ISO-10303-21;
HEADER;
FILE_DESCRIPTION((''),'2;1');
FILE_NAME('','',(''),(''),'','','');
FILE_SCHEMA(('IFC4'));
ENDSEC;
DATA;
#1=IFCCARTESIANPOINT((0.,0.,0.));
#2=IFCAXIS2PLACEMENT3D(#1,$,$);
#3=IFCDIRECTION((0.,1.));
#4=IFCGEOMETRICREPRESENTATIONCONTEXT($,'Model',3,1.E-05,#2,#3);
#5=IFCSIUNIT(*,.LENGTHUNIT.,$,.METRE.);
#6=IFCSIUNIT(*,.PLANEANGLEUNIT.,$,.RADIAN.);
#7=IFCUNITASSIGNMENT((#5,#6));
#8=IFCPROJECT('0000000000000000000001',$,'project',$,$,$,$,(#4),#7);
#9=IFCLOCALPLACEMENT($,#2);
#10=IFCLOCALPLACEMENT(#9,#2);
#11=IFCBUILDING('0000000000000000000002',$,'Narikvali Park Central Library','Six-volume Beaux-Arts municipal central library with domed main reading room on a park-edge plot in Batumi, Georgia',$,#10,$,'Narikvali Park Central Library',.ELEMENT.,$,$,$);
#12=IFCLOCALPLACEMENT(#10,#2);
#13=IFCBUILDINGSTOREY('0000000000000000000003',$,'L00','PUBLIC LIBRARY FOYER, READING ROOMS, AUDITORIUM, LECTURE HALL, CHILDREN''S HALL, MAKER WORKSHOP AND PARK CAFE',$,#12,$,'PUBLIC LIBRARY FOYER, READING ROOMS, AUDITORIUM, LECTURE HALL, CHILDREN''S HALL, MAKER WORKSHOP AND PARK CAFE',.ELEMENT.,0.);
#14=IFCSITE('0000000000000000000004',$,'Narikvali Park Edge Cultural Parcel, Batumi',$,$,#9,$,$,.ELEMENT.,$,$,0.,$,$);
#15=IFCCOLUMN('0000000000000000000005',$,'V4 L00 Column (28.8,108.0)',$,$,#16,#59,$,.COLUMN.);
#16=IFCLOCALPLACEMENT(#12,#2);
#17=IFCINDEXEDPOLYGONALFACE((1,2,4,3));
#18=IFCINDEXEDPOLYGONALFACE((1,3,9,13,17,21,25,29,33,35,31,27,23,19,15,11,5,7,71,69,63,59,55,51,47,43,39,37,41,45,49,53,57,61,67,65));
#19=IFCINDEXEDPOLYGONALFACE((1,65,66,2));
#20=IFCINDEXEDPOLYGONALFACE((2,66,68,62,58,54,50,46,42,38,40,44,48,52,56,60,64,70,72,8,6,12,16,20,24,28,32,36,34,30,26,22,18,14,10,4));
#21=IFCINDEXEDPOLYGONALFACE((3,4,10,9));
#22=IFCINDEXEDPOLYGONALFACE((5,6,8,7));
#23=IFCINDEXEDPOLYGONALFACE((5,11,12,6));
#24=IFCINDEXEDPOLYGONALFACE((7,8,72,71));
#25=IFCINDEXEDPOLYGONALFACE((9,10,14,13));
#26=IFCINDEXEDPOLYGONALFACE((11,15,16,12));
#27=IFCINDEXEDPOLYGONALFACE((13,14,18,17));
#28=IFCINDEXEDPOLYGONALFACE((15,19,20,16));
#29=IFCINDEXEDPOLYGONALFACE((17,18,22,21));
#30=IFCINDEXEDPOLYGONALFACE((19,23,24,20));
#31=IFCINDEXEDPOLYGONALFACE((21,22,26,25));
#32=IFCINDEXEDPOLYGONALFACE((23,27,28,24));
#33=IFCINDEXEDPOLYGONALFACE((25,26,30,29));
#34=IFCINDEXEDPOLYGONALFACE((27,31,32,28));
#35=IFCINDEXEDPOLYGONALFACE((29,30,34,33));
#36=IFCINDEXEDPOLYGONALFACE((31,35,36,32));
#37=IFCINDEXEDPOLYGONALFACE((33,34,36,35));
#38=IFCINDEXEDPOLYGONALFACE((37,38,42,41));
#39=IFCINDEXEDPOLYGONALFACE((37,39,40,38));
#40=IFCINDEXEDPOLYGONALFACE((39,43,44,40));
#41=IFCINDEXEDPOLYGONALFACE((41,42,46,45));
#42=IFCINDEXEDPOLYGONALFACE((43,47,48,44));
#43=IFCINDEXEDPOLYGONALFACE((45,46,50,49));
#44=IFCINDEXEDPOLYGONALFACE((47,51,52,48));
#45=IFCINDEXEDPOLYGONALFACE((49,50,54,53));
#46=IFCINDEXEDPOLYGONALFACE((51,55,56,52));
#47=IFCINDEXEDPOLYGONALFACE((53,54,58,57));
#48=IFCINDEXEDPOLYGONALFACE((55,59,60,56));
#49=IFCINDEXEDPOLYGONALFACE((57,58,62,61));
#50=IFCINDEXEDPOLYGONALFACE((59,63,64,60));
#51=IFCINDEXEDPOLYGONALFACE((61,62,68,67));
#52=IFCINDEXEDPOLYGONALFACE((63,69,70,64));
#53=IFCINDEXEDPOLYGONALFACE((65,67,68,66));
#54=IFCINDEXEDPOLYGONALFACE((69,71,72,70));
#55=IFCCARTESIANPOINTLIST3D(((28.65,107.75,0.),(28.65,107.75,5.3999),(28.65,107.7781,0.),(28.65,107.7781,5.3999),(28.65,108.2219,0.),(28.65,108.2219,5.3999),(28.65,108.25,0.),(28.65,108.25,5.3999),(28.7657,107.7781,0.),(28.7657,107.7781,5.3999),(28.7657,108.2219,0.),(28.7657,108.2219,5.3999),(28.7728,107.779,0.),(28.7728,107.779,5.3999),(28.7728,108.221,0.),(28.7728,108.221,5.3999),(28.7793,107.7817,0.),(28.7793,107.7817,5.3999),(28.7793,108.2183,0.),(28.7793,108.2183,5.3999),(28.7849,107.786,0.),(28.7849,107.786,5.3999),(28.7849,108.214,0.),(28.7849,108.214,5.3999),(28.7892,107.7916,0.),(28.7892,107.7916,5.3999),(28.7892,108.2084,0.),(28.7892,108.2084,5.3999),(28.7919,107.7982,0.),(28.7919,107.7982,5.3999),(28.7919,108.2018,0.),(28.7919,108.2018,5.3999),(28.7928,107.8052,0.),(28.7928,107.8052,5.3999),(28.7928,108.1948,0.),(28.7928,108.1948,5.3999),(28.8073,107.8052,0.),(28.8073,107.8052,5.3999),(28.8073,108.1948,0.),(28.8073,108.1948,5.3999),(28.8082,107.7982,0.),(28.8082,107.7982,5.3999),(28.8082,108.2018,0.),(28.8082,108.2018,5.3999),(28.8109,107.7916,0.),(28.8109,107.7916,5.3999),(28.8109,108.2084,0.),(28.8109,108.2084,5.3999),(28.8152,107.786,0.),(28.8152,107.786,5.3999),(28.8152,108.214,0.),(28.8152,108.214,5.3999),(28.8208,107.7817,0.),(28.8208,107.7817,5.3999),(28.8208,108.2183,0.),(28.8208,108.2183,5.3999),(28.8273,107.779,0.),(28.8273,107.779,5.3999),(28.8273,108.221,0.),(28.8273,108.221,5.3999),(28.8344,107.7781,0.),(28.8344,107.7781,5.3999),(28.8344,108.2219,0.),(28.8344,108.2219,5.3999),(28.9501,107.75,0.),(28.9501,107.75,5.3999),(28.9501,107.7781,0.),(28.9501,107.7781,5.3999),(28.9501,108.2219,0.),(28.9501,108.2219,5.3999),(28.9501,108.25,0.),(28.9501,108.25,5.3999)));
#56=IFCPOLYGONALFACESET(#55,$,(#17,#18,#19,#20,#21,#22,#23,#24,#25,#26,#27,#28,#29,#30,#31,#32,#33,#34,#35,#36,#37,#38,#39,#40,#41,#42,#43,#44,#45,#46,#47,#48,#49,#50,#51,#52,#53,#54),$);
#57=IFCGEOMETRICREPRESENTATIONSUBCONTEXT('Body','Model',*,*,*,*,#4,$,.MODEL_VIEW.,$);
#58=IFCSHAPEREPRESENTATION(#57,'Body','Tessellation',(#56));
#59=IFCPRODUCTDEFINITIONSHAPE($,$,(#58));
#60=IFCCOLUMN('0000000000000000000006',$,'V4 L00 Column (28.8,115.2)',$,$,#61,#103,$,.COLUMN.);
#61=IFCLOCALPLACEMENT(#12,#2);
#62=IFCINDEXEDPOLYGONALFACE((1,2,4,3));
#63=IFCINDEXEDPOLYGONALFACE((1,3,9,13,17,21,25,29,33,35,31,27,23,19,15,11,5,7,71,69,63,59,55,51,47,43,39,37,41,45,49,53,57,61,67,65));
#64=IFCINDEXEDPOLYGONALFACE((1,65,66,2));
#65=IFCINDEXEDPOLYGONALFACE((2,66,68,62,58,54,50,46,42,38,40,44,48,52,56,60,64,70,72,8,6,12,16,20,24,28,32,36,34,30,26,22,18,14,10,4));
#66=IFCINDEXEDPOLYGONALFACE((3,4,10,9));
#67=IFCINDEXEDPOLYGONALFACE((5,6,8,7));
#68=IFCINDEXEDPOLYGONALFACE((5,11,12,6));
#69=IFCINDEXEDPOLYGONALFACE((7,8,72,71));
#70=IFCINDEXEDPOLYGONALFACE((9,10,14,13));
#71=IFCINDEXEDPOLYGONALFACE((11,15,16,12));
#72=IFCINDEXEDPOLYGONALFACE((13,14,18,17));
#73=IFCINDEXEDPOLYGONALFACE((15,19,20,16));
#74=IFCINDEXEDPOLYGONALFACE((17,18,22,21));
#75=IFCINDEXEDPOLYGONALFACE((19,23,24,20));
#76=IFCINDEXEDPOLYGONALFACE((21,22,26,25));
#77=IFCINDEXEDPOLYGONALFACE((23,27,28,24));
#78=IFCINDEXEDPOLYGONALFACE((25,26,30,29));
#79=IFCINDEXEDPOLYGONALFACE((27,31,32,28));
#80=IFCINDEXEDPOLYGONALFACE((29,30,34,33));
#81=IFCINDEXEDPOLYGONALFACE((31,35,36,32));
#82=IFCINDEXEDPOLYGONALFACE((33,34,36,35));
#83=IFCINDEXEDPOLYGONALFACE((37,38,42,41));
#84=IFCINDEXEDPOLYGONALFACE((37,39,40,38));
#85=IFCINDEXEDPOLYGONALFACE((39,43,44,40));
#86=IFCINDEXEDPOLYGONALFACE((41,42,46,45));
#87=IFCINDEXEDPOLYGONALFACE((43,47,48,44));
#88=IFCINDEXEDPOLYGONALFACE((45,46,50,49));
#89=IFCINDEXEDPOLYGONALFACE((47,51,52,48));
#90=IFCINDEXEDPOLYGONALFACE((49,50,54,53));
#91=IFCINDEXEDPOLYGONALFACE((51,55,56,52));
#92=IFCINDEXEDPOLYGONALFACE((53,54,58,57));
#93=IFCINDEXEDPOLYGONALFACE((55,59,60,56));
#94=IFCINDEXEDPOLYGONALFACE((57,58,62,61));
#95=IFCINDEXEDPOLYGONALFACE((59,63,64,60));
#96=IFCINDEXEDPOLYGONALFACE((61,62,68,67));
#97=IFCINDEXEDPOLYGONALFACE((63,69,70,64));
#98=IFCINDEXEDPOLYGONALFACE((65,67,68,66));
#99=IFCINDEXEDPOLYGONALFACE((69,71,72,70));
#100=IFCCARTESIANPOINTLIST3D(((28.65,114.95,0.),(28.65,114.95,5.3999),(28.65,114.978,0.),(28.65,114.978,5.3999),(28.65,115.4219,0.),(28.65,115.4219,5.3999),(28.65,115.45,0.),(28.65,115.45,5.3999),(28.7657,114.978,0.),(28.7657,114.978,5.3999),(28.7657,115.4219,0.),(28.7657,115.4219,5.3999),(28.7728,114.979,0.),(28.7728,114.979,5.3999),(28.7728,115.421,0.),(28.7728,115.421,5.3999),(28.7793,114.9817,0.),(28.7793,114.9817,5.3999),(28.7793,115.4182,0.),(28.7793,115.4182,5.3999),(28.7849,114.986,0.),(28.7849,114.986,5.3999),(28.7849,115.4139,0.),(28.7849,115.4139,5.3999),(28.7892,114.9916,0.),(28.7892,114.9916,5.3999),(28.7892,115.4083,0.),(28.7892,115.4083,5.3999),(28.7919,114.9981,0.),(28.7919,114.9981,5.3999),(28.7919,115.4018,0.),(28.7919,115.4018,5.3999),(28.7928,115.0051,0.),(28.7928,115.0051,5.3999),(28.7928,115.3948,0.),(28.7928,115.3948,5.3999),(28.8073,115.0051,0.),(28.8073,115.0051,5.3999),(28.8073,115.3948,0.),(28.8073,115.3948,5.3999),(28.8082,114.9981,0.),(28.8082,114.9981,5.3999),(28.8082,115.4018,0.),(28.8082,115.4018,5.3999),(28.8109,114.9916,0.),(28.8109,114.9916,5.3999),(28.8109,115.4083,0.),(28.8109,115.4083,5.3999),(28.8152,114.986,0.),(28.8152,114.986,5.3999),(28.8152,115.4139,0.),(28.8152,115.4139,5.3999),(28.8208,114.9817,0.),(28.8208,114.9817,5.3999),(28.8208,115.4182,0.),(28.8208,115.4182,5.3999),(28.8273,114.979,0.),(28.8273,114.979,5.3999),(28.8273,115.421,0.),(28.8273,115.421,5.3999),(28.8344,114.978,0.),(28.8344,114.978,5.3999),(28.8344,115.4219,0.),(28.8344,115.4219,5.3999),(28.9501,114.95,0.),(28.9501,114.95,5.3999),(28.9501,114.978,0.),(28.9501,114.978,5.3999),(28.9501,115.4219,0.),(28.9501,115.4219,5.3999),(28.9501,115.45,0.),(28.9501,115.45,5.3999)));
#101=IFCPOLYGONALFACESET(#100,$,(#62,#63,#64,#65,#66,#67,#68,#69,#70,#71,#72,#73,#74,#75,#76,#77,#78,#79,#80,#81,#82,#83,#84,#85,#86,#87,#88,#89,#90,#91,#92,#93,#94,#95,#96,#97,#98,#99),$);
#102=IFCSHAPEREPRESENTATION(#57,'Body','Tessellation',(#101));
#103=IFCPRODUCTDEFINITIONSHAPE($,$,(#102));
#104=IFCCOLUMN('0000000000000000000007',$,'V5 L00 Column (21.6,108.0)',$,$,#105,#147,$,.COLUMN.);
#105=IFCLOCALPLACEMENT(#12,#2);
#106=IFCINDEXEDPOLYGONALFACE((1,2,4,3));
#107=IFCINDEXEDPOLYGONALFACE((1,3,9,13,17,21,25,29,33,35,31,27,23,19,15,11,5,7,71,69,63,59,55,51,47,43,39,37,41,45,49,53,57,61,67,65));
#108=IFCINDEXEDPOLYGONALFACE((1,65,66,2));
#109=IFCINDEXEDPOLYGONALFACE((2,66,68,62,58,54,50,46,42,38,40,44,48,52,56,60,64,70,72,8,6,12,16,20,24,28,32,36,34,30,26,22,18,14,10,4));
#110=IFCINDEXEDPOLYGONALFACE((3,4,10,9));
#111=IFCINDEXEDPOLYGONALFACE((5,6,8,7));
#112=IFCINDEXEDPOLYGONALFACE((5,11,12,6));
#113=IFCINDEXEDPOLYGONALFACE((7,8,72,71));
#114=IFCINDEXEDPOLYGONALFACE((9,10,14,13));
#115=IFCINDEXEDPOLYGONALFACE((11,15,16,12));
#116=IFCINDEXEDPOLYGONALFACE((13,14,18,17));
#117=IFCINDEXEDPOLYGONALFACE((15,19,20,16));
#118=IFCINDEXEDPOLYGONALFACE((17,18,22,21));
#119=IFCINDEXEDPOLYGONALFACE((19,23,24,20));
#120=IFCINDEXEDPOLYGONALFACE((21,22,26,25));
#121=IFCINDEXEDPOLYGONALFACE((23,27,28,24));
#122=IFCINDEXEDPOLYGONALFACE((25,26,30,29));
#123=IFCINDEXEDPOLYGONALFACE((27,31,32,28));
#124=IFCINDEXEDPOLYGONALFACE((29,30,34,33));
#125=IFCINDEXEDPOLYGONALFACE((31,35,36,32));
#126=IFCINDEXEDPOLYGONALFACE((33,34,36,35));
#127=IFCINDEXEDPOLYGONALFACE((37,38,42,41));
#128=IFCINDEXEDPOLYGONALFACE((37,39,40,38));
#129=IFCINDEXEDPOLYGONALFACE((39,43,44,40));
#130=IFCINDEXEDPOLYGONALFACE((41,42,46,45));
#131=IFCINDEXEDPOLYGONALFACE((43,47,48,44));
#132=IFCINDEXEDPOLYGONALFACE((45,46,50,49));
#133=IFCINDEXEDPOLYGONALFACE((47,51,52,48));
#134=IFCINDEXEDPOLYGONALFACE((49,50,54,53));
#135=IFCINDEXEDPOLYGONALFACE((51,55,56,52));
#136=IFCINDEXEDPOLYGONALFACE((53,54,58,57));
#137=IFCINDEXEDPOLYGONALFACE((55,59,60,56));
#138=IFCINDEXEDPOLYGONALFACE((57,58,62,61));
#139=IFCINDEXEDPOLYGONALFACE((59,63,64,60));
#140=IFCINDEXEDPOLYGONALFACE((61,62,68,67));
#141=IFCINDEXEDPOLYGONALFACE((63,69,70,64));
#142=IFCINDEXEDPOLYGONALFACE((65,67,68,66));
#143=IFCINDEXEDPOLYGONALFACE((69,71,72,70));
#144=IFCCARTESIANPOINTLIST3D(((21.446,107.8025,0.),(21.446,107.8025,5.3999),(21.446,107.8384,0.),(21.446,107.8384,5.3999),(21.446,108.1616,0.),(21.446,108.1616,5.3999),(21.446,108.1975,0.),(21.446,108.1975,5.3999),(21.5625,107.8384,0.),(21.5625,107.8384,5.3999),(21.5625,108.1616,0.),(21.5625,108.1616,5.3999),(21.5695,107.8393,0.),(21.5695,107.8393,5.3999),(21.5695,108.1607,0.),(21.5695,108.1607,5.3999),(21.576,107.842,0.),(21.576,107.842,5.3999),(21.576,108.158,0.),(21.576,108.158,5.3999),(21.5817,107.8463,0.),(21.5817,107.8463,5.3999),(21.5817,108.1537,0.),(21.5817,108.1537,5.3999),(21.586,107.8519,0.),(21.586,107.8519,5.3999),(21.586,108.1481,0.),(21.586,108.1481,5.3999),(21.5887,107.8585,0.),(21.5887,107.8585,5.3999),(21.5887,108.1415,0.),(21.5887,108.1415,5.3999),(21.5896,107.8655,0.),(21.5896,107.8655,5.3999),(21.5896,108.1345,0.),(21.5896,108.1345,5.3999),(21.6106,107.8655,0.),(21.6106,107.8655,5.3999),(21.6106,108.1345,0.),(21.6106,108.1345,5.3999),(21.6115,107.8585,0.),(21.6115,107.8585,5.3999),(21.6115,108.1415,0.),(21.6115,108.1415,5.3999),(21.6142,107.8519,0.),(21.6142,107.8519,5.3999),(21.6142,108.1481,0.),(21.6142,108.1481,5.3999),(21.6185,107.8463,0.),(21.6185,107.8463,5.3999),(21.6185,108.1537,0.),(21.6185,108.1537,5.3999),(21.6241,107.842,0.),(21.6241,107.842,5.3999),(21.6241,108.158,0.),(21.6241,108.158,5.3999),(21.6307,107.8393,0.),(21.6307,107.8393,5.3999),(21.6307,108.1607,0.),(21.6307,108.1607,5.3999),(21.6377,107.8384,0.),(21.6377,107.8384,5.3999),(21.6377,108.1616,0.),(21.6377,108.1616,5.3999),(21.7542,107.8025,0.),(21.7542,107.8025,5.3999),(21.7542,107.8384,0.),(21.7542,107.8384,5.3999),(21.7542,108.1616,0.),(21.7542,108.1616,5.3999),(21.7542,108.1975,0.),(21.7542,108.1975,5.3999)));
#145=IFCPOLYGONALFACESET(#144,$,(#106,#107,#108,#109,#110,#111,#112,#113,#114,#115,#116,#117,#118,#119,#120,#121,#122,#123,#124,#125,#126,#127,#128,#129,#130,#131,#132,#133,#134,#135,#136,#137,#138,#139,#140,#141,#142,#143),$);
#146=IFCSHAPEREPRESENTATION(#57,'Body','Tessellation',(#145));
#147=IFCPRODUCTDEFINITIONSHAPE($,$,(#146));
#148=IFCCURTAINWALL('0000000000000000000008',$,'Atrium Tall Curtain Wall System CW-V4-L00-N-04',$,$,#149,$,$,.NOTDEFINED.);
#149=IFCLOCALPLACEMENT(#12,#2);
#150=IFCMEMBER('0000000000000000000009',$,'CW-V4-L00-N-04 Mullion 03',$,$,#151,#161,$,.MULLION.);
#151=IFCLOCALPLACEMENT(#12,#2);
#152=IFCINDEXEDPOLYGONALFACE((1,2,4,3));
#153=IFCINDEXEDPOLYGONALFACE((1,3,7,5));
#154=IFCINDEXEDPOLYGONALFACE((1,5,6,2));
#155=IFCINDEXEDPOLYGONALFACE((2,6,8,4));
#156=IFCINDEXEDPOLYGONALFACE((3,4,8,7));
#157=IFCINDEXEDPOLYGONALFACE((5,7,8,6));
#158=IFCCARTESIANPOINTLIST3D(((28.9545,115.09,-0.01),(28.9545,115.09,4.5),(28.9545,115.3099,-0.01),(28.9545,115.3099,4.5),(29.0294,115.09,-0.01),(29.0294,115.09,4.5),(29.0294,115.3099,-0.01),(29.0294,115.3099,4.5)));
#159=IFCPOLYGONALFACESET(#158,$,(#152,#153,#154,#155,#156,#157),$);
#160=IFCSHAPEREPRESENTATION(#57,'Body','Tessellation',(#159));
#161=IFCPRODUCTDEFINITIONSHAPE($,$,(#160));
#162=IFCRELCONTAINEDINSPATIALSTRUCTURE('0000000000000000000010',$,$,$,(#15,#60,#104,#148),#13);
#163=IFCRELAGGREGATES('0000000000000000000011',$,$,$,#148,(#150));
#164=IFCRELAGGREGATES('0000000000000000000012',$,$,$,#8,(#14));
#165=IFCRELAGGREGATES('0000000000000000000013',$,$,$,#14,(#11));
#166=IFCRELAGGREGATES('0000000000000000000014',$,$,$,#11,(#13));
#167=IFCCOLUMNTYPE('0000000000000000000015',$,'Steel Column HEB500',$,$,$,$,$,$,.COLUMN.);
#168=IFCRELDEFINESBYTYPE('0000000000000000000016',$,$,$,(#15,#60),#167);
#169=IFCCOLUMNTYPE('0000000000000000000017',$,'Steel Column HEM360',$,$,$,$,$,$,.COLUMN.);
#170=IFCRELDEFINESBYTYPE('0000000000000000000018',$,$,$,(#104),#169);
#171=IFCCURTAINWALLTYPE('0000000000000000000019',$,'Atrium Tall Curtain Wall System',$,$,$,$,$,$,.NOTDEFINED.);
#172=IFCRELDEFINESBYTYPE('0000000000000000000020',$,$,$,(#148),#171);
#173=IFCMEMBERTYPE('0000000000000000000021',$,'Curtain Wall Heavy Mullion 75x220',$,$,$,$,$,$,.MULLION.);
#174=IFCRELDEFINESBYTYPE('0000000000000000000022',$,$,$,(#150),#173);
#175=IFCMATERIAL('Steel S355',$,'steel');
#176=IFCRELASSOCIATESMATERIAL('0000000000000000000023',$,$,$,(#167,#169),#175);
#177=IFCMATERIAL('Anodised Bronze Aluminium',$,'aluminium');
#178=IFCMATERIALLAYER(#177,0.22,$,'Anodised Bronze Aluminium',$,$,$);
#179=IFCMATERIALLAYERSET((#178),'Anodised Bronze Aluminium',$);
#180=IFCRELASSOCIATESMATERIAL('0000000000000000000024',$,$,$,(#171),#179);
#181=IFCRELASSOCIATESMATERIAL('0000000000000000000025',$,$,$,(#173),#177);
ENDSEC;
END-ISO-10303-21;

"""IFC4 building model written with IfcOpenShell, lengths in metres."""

from ifc_helpers import new_model, si_unit, direction, frame, origin, origin_2d, place, context, subcontext, project, spatial, rectangle, i_section, extrude, material, layer, layer_set, material_profile, profile_set, type_object, element, aggregate, save


model = new_model("IFC4")

# Units and contexts
model_context = context("Model", 3, precision=1e-05, world=origin(), true_north=direction((0.0, 1.0)))
body_context = subcontext(model_context, "Body", "Model", "MODEL_VIEW")
ifc_project = project(units=[si_unit("LENGTHUNIT", "METRE"), si_unit("PLANEANGLEUNIT", "RADIAN")], contexts=[model_context])

# Site, building, storey
site_placement = place(None, origin())
site = spatial("IfcSite", under=ifc_project, at=site_placement, Name="Narikvali Park Edge Cultural Parcel, Batumi", CompositionType="ELEMENT", RefElevation=0.0)
building_placement = place(site_placement, origin())
building = spatial("IfcBuilding", under=site, at=building_placement, Name="Narikvali Park Central Library", Description="Six-volume Beaux-Arts municipal central library with domed main reading room on a park-edge plot in Batumi, Georgia", LongName="Narikvali Park Central Library", CompositionType="ELEMENT")
storey_placement = place(building_placement, origin())
storey = spatial("IfcBuildingStorey", under=building, at=storey_placement, Name="L00", Description="PUBLIC LIBRARY FOYER, READING ROOMS, AUDITORIUM, LECTURE HALL, CHILDREN'S HALL, MAKER WORKSHOP AND PARK CAFE", LongName="PUBLIC LIBRARY FOYER, READING ROOMS, AUDITORIUM, LECTURE HALL, CHILDREN'S HALL, MAKER WORKSHOP AND PARK CAFE", CompositionType="ELEMENT", Elevation=0.0)

# Columns
ifc_material_1 = material(Name="Steel S355", Category="steel")
ifc_material_profile_1 = material_profile(ifc_material_1, i_section(OverallWidth=0.3, OverallDepth=0.5, WebThickness=0.0144, FlangeThickness=0.0281, FilletRadius=0.0271, at=origin_2d()), Name="HEB 500")
ifc_profile_set_1 = profile_set([ifc_material_profile_1], Name="Steel S355")
column_type_1 = type_object("IfcColumnType", Name="Steel Column HEB500", PredefinedType="COLUMN", material=ifc_profile_set_1)
for number, where, z_axis, x_axis, name in (
    (1, (28.8, 108.0, 0.0), (0.0, 0.0, 1.0), (1.0, 0.0, 0.0), "V4 L00 Column (28.8,108.0)"),
    (2, (28.8, 115.2, 0.0), (0.0, 0.0, 1.0), (1.0, 0.0, 0.0), "V4 L00 Column (28.8,115.2)"),
):
    element("IfcColumn", number, at=place(storey_placement, frame(where, z_axis=z_axis, x_axis=x_axis)), inside=storey, type_object=column_type_1, Name=name, PredefinedType="COLUMN", context=body_context, shape_type="SweptSolid", body=[
        extrude(i_section(OverallWidth=0.3, OverallDepth=0.5, WebThickness=0.0144, FlangeThickness=0.0281, FilletRadius=0.0271, at=origin_2d()), origin(), (0.0, 0.0, 1.0), 5.3999),
    ])
ifc_material_profile_2 = material_profile(ifc_material_1, i_section(OverallWidth=0.3081, OverallDepth=0.395, WebThickness=0.021, FlangeThickness=0.0359, FilletRadius=0.0271, at=origin_2d()), Name="HEM 360")
ifc_profile_set_2 = profile_set([ifc_material_profile_2], Name="Steel S355")
column_type_2 = type_object("IfcColumnType", Name="Steel Column HEM360", PredefinedType="COLUMN", material=ifc_profile_set_2)
column_placement = place(storey_placement, frame((21.6001, 108.0, 0.0), z_axis=(0.0, 0.0, 1.0), x_axis=(1.0, 0.0, 0.0)))
element("IfcColumn", 3, at=column_placement, inside=storey, type_object=column_type_2, Name="V5 L00 Column (21.6,108.0)", PredefinedType="COLUMN", context=body_context, shape_type="SweptSolid", body=[
    extrude(i_section(OverallWidth=0.3081, OverallDepth=0.395, WebThickness=0.021, FlangeThickness=0.0359, FilletRadius=0.0271, at=origin_2d()), origin(), (0.0, 0.0, 1.0), 5.3999),
])

# Curtain wall, member
ifc_material_2 = material(Name="Anodised Bronze Aluminium", Category="aluminium")
ifc_layer_1 = layer(ifc_material_2, 0.22, Name="Anodised Bronze Aluminium")
ifc_layer_set_1 = layer_set([ifc_layer_1], Name="Anodised Bronze Aluminium")
curtain_wall_type = type_object("IfcCurtainWallType", Name="Atrium Tall Curtain Wall System", PredefinedType="NOTDEFINED", material=ifc_layer_set_1)
curtain_wall_placement = place(storey_placement, origin())
curtain_wall = element("IfcCurtainWall", 4, at=curtain_wall_placement, inside=storey, type_object=curtain_wall_type, Name="Atrium Tall Curtain Wall System CW-V4-L00-N-04", PredefinedType="NOTDEFINED")
ifc_material_profile_3 = material_profile(ifc_material_2, rectangle(XDim=0.075, YDim=0.22, at=origin_2d()), Name="CW MULLION 75x220")
ifc_profile_set_3 = profile_set([ifc_material_profile_3], Name="Anodised Bronze Aluminium")
member_type = type_object("IfcMemberType", Name="Curtain Wall Heavy Mullion 75x220", PredefinedType="MULLION", material=ifc_profile_set_3)
member_placement = place(storey_placement, frame((28.9919, 115.2, -0.01), z_axis=(0.0, 0.0, 1.0), x_axis=(1.0, 0.0, 0.0)))
member = element("IfcMember", 5, at=member_placement, type_object=member_type, Name="CW-V4-L00-N-04 Mullion 03", PredefinedType="MULLION", context=body_context, shape_type="SweptSolid", body=[
    extrude(rectangle(XDim=0.075, YDim=0.22, at=origin_2d()), origin(), (0.0, 0.0, 1.0), 4.51),
])

aggregate(curtain_wall, [member])

save(model, "model.ifc")
